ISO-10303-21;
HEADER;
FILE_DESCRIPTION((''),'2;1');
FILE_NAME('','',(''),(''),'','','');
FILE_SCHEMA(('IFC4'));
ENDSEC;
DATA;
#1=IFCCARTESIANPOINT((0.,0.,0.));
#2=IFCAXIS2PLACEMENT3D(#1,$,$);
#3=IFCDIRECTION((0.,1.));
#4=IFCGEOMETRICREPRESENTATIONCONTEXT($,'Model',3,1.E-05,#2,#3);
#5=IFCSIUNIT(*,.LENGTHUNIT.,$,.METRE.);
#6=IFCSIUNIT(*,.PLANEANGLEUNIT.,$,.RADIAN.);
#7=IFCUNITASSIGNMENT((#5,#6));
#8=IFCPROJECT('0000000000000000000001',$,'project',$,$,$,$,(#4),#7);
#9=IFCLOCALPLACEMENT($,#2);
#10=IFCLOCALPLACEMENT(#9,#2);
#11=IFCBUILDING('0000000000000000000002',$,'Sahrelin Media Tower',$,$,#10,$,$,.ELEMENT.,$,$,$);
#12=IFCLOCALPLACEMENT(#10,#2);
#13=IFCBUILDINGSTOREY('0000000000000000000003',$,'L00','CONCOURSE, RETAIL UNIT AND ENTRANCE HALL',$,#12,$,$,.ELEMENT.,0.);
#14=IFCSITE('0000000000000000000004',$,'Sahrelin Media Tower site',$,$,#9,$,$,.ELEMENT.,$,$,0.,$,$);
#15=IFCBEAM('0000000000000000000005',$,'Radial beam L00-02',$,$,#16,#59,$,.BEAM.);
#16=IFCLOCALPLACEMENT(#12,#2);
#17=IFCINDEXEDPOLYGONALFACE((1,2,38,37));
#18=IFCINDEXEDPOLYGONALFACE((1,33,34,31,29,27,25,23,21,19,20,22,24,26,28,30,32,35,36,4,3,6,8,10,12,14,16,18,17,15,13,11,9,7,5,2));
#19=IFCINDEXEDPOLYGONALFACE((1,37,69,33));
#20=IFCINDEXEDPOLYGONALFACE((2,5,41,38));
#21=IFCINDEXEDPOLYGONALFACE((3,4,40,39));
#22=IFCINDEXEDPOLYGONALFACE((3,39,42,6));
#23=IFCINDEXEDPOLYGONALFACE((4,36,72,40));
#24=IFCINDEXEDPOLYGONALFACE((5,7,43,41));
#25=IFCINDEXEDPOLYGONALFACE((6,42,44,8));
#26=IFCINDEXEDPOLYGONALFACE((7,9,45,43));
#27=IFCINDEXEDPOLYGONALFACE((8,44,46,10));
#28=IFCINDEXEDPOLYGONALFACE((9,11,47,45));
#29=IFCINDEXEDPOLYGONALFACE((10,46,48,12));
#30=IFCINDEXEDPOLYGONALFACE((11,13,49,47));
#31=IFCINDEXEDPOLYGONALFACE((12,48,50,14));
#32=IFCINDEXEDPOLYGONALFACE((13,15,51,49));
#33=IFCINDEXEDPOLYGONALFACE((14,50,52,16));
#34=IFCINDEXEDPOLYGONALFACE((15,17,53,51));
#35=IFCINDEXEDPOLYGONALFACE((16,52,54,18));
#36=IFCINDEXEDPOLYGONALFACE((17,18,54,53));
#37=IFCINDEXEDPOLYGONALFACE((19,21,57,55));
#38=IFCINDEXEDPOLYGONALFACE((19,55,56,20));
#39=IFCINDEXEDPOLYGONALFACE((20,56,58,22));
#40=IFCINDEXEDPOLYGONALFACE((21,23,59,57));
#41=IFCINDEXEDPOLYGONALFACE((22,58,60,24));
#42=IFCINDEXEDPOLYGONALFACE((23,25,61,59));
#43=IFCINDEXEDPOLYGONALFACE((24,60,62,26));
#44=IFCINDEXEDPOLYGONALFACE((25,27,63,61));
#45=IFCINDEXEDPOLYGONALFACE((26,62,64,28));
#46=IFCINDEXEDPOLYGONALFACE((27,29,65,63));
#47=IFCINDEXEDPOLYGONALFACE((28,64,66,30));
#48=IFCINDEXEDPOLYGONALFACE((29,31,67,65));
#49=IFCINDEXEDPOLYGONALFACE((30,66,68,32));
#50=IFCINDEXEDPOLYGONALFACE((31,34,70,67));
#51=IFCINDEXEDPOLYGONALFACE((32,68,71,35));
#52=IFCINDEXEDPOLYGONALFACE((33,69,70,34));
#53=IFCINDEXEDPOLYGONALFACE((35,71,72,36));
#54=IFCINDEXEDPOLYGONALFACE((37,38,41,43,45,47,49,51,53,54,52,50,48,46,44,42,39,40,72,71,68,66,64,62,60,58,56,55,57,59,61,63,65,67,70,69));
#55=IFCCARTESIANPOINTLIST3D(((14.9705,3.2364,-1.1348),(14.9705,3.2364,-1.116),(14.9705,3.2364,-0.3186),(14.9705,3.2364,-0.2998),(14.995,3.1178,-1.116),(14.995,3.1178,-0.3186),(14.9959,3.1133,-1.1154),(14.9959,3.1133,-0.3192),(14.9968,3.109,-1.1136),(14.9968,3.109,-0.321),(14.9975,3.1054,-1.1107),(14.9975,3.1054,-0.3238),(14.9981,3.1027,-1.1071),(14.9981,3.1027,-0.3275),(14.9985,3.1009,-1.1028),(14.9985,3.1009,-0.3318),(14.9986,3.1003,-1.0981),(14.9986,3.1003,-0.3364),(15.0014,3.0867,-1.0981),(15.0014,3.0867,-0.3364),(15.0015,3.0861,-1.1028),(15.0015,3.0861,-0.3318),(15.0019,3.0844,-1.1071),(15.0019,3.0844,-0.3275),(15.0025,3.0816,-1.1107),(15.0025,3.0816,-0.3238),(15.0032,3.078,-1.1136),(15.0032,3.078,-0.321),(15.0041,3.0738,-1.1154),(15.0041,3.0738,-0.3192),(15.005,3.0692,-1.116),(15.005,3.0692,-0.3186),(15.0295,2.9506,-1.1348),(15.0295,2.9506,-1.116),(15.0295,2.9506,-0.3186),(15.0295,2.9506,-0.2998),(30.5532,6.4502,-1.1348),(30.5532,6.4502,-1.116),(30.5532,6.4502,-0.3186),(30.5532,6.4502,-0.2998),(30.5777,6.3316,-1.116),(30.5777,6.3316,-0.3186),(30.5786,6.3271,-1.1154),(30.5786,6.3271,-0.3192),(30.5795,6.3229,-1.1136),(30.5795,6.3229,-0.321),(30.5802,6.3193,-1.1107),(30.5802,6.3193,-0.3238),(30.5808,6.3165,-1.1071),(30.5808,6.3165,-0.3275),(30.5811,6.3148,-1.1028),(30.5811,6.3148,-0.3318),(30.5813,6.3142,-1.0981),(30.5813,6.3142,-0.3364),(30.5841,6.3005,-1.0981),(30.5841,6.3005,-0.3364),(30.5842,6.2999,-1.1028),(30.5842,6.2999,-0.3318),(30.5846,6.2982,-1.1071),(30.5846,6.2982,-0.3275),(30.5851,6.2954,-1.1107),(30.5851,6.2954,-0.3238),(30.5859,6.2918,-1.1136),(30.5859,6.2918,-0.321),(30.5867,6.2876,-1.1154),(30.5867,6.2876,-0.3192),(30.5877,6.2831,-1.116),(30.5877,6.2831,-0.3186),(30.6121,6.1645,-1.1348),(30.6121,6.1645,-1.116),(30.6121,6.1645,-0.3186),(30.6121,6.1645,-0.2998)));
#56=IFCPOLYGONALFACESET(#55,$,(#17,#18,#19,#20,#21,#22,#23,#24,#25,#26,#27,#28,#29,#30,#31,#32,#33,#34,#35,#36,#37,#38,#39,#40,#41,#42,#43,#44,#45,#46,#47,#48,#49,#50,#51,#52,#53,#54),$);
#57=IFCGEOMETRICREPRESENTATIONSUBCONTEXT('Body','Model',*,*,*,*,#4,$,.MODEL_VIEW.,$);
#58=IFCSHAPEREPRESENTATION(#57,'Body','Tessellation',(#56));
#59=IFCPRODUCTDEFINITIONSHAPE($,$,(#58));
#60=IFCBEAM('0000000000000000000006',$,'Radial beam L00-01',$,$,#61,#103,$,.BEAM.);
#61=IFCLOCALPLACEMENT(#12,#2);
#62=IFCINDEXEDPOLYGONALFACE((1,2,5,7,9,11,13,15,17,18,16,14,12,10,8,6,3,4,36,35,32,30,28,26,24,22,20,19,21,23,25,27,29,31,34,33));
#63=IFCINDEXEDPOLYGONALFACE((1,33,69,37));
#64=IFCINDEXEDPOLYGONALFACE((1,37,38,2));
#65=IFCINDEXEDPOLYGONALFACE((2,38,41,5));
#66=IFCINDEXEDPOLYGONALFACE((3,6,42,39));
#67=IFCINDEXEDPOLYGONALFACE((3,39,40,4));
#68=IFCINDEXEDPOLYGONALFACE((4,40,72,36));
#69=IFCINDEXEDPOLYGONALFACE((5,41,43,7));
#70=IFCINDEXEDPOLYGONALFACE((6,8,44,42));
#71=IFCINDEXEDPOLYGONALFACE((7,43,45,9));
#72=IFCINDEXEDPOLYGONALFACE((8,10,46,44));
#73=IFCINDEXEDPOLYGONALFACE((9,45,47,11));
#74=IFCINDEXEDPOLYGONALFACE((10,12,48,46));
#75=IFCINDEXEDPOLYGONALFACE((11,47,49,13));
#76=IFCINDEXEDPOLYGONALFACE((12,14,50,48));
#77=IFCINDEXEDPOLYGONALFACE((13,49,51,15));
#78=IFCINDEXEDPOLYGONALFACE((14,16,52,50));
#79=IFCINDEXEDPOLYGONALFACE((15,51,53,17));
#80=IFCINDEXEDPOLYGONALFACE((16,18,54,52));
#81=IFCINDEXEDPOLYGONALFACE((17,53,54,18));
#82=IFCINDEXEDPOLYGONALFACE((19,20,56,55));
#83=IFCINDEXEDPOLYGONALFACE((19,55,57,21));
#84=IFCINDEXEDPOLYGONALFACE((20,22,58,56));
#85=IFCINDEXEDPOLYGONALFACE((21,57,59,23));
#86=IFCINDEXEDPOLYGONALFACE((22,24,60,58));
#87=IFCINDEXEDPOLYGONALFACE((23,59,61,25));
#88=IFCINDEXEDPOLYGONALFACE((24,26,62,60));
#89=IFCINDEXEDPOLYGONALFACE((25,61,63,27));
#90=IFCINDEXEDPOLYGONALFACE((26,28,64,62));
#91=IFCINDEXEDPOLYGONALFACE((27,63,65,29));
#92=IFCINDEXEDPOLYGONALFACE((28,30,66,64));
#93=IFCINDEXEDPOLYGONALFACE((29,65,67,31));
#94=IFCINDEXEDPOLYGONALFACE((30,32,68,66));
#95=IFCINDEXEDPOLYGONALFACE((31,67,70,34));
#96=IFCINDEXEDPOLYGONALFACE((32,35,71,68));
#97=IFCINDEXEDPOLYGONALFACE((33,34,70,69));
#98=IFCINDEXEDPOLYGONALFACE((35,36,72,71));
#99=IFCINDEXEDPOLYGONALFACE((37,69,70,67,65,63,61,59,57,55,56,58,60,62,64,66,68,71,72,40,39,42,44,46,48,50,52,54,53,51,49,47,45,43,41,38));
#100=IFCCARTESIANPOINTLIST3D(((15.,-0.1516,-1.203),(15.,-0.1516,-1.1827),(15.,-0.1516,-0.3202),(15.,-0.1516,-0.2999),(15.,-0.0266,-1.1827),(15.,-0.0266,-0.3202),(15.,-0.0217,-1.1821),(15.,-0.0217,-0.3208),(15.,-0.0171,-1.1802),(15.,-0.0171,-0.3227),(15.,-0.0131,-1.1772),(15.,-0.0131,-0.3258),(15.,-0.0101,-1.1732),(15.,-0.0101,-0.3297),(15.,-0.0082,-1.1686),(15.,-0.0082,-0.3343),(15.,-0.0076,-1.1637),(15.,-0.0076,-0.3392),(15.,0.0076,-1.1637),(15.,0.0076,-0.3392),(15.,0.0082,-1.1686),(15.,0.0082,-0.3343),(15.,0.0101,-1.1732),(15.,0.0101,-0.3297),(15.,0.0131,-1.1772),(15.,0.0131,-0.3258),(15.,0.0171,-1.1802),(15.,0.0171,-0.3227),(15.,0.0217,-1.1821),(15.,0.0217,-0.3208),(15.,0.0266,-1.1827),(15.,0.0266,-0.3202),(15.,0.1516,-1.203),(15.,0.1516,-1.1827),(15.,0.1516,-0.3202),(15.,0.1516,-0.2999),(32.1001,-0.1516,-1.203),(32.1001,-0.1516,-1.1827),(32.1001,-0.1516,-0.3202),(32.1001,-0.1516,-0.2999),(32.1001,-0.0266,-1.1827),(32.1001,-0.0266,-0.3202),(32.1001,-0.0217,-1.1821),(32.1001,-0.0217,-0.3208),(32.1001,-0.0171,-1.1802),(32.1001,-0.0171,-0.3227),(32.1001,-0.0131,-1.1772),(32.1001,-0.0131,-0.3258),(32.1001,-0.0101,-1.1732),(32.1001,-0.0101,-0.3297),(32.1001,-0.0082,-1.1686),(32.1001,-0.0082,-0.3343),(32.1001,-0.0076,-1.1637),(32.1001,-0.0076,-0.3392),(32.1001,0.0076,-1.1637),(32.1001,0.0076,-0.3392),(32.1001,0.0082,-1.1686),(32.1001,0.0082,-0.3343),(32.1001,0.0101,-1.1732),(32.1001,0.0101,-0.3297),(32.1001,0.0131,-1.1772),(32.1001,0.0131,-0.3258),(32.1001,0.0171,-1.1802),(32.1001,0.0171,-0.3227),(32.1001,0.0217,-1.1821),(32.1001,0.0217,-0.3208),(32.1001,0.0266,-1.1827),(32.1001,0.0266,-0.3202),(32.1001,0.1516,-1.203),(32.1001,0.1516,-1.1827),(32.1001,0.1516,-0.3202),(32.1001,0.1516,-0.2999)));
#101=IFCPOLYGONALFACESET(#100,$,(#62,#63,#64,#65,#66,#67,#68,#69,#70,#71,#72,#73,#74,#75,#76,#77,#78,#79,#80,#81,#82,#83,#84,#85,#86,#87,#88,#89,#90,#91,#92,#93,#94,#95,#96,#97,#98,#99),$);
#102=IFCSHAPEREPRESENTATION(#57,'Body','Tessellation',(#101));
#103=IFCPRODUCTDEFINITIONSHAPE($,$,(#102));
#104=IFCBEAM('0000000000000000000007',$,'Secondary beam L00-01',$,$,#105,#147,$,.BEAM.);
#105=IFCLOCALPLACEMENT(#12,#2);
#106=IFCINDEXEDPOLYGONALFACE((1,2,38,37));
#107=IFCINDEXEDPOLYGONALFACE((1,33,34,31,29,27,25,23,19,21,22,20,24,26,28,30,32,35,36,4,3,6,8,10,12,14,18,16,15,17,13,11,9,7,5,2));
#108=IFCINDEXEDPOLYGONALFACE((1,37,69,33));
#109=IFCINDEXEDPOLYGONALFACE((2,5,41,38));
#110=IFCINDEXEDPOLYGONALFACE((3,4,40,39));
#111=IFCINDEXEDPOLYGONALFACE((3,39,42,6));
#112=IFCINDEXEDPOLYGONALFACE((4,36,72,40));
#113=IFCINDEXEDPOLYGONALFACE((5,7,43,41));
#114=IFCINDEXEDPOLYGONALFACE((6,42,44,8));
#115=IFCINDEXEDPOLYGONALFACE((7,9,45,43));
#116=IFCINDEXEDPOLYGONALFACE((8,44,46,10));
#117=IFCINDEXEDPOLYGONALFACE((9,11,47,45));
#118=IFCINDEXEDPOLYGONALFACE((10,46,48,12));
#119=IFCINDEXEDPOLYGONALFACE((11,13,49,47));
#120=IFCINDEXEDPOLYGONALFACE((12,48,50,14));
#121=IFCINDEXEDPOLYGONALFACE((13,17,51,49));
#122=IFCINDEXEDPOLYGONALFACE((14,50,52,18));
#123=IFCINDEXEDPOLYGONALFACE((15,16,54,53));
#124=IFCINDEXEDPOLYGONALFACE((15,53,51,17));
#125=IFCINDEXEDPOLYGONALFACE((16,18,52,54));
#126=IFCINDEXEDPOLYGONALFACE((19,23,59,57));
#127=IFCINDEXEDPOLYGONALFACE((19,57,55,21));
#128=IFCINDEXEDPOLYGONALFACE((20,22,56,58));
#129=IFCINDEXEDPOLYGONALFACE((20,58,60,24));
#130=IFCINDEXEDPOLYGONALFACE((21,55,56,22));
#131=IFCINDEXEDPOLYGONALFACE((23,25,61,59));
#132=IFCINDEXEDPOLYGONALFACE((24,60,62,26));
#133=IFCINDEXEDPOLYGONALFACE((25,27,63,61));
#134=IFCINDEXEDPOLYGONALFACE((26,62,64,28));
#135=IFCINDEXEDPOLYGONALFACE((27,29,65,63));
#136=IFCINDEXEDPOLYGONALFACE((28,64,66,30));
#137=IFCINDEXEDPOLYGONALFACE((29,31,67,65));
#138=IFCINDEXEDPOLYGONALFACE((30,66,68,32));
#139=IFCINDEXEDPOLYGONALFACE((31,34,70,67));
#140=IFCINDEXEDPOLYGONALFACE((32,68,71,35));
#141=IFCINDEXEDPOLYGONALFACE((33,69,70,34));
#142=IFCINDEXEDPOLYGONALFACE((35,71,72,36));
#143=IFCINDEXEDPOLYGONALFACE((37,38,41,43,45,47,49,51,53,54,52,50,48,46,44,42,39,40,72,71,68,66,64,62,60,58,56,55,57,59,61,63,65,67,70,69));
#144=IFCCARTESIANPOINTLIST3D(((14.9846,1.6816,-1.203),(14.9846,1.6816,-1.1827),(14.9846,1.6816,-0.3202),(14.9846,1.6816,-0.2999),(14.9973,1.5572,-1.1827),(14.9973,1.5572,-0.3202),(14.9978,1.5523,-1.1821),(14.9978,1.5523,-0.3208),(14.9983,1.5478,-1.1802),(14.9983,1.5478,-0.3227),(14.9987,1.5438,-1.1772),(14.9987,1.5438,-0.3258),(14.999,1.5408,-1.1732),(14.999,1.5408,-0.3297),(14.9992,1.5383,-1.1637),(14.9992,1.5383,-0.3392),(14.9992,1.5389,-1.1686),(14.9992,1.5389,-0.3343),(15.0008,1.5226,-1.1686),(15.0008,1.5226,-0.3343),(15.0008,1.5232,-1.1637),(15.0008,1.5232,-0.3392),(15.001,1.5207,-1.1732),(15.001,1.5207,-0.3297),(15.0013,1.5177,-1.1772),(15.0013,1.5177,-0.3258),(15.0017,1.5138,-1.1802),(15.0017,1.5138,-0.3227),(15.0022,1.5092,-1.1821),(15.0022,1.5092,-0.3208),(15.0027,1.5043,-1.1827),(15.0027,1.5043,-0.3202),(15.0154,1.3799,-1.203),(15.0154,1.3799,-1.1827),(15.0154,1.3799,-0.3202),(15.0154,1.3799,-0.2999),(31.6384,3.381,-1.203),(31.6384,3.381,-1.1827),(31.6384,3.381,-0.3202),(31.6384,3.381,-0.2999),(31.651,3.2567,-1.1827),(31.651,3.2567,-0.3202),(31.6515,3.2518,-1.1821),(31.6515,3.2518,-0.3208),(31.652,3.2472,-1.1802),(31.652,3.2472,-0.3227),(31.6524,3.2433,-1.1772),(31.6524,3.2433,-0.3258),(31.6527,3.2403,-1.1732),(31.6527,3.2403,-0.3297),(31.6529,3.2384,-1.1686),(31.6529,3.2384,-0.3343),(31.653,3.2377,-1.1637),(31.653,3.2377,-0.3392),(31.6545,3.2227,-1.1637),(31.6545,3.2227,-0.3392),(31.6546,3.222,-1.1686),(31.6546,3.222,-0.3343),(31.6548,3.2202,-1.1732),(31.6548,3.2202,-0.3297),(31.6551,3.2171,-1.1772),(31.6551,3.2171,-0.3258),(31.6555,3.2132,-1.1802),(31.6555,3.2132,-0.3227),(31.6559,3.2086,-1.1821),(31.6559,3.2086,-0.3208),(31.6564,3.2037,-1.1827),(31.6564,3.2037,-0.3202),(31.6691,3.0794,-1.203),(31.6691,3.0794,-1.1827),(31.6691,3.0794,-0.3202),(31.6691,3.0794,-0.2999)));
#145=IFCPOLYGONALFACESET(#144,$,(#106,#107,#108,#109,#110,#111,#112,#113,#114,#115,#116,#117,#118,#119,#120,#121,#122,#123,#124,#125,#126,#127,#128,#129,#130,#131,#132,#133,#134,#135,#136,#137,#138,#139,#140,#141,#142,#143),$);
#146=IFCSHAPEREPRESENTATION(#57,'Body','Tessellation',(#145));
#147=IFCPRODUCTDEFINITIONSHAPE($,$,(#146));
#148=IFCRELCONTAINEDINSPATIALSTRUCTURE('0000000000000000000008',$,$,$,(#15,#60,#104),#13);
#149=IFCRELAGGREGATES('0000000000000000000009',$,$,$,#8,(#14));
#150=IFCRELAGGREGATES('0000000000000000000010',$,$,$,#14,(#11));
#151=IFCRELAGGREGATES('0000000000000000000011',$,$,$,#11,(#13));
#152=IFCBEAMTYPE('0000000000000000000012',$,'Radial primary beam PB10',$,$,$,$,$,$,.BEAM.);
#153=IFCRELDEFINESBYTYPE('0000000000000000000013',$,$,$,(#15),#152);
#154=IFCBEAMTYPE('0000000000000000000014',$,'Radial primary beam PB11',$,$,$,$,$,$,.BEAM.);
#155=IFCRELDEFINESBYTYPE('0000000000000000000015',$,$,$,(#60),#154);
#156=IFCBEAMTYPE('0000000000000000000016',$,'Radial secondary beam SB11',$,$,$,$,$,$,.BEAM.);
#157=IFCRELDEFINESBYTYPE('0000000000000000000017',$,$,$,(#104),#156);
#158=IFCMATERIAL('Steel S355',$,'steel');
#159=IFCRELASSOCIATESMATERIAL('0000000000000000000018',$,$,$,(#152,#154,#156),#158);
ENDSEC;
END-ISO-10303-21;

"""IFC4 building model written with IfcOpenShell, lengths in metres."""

from ifc_helpers import new_model, si_unit, direction, frame, origin, origin_2d, place, context, subcontext, project, spatial, i_section, extrude, material, material_profile, profile_set, type_object, element, save


model = new_model("IFC4")

# Units and contexts
model_context = context("Model", 3, precision=1e-05, world=origin(), true_north=direction((0.0, 1.0)))
body_context = subcontext(model_context, "Body", "Model", "MODEL_VIEW")
ifc_project = project(units=[si_unit("LENGTHUNIT", "METRE"), si_unit("PLANEANGLEUNIT", "RADIAN")], contexts=[model_context])

# Site, building, storey
site_placement = place(None, origin())
site = spatial("IfcSite", under=ifc_project, at=site_placement, Name="Sahrelin Media Tower site", CompositionType="ELEMENT", RefElevation=0.0)
building_placement = place(site_placement, origin())
building = spatial("IfcBuilding", under=site, at=building_placement, Name="Sahrelin Media Tower", CompositionType="ELEMENT")
storey_placement = place(building_placement, origin())
storey = spatial("IfcBuildingStorey", under=building, at=storey_placement, Name="L00", Description="CONCOURSE, RETAIL UNIT AND ENTRANCE HALL", CompositionType="ELEMENT", Elevation=0.0)

# Beams
ifc_material_1 = material(Name="Steel S355", Category="steel")
ifc_material_profile_1 = material_profile(ifc_material_1, i_section(OverallWidth=0.2917, OverallDepth=0.835, WebThickness=0.0139, FlangeThickness=0.0188, FilletRadius=0.0178, at=origin_2d()), Name="UB 838x292x176")
ifc_profile_set_1 = profile_set([ifc_material_profile_1], Name="Steel S355")
beam_type_1 = type_object("IfcBeamType", Name="Radial primary beam PB10", PredefinedType="BEAM", material=ifc_profile_set_1)
beam_1_placement = place(storey_placement, frame((15.0, 3.0935, -0.7173), z_axis=(0.979387, 0.201994, 0.0), x_axis=(-0.201994, 0.979387, 0.0)))
element("IfcBeam", 1, at=beam_1_placement, inside=storey, type_object=beam_type_1, Name="Radial beam L00-02", PredefinedType="BEAM", context=body_context, shape_type="SweptSolid", body=[
    extrude(i_section(OverallWidth=0.2917, OverallDepth=0.835, WebThickness=0.0139, FlangeThickness=0.0188, FilletRadius=0.0178, at=origin_2d()), origin(), (0.0, 0.0, 1.0), 15.9106),
])
ifc_material_profile_2 = material_profile(ifc_material_1, i_section(OverallWidth=0.3032, OverallDepth=0.9031, WebThickness=0.0151, FlangeThickness=0.0203, FilletRadius=0.019, at=origin_2d()), Name="UB 914x305x201")
ifc_profile_set_2 = profile_set([ifc_material_profile_2], Name="Steel S355")
beam_type_2 = type_object("IfcBeamType", Name="Radial primary beam PB11", PredefinedType="BEAM", material=ifc_profile_set_2)
beam_2_placement = place(storey_placement, frame((15.0, 0.0, -0.7515), z_axis=(1.0, 0.0, 0.0), x_axis=(0.0, 1.0, 0.0)))
element("IfcBeam", 2, at=beam_2_placement, inside=storey, type_object=beam_type_2, Name="Radial beam L00-01", PredefinedType="BEAM", context=body_context, shape_type="SweptSolid", body=[
    extrude(i_section(OverallWidth=0.3032, OverallDepth=0.9031, WebThickness=0.0151, FlangeThickness=0.0203, FilletRadius=0.019, at=origin_2d()), origin(), (0.0, 0.0, 1.0), 17.1001),
])
ifc_material_profile_3 = material_profile(ifc_material_1, i_section(OverallWidth=0.3032, OverallDepth=0.9031, WebThickness=0.0151, FlangeThickness=0.0203, FilletRadius=0.019, at=origin_2d()), Name="UB 914x305x201")
ifc_profile_set_3 = profile_set([ifc_material_profile_3], Name="Steel S355")
beam_type_3 = type_object("IfcBeamType", Name="Radial secondary beam SB11", PredefinedType="BEAM", material=ifc_profile_set_3)
beam_3_placement = place(storey_placement, frame((15.0, 1.5308, -0.7515), z_axis=(0.994834, 0.101519, 0.0), x_axis=(-0.101519, 0.994834, 0.0)))
element("IfcBeam", 3, at=beam_3_placement, inside=storey, type_object=beam_type_3, Name="Secondary beam L00-01", PredefinedType="BEAM", context=body_context, shape_type="SweptSolid", body=[
    extrude(i_section(OverallWidth=0.3032, OverallDepth=0.9031, WebThickness=0.0151, FlangeThickness=0.0203, FilletRadius=0.019, at=origin_2d()), origin(), (0.0, 0.0, 1.0), 16.7402),
])

save(model, "model.ifc")
